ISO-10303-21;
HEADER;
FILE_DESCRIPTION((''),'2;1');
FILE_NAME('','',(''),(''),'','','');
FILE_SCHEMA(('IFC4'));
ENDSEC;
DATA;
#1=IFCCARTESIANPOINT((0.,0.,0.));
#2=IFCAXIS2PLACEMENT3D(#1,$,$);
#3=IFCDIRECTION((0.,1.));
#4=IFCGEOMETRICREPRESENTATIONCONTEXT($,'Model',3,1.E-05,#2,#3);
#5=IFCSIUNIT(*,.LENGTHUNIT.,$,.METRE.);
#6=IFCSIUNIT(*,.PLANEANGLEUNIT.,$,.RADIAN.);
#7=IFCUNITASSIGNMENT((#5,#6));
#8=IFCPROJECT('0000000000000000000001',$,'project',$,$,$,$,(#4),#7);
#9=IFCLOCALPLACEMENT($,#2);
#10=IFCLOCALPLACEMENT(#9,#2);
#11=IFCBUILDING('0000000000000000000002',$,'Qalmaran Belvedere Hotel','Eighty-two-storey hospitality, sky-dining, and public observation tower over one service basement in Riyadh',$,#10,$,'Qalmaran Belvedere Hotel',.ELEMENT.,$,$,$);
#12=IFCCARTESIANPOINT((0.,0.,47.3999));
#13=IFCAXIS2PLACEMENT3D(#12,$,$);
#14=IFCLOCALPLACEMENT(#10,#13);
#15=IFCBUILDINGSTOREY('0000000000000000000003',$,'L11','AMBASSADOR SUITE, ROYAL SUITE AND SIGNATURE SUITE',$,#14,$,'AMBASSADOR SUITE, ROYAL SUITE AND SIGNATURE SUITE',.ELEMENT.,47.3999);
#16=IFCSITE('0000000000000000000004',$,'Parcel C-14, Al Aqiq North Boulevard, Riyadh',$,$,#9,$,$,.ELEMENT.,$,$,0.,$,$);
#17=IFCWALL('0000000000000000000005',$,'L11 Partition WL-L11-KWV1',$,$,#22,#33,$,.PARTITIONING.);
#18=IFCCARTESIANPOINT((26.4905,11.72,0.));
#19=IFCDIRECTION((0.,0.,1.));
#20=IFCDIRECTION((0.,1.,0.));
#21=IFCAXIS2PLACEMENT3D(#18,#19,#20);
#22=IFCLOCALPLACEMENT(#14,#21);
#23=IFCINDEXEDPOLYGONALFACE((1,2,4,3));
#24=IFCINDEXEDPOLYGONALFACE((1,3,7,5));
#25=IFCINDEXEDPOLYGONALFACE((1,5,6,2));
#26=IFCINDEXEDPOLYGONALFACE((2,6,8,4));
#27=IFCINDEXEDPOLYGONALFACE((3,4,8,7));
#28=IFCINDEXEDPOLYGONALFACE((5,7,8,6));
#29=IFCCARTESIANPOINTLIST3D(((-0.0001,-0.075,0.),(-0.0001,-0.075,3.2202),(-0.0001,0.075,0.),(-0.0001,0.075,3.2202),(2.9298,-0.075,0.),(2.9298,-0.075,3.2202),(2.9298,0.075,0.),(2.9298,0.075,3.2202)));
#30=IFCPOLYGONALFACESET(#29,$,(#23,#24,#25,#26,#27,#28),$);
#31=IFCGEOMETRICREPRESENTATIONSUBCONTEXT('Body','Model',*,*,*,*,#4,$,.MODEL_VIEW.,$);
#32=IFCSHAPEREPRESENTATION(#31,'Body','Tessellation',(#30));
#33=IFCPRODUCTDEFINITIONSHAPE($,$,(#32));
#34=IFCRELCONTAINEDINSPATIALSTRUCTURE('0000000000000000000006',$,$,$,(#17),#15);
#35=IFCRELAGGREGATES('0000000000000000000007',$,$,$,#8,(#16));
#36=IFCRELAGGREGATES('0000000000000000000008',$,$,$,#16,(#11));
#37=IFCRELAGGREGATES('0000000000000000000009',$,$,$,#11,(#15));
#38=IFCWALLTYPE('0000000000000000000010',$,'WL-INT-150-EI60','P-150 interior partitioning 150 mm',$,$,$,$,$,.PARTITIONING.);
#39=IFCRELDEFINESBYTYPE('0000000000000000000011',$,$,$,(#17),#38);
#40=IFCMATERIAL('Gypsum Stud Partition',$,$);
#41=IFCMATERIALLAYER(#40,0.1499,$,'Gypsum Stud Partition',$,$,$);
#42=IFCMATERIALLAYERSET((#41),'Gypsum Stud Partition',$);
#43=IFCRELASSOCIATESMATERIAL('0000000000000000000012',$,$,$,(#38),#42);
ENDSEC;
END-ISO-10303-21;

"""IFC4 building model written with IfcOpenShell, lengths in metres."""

from ifc_helpers import new_model, si_unit, direction, frame, frame_2d, origin, place, context, subcontext, project, spatial, rectangle, extrude, material, layer, layer_set, type_object, element, save


model = new_model("IFC4")

# Units and contexts
model_context = context("Model", 3, precision=1e-05, world=origin(), true_north=direction((0.0, 1.0)))
body_context = subcontext(model_context, "Body", "Model", "MODEL_VIEW")
ifc_project = project(units=[si_unit("LENGTHUNIT", "METRE"), si_unit("PLANEANGLEUNIT", "RADIAN")], contexts=[model_context])

# Site, building, storey
site_placement = place(None, origin())
site = spatial("IfcSite", under=ifc_project, at=site_placement, Name="Parcel C-14, Al Aqiq North Boulevard, Riyadh", CompositionType="ELEMENT", RefElevation=0.0)
building_placement = place(site_placement, origin())
building = spatial("IfcBuilding", under=site, at=building_placement, Name="Qalmaran Belvedere Hotel", Description="Eighty-two-storey hospitality, sky-dining, and public observation tower over one service basement in Riyadh", LongName="Qalmaran Belvedere Hotel", CompositionType="ELEMENT")
storey_placement = place(building_placement, frame((0.0, 0.0, 47.3999)))
storey = spatial("IfcBuildingStorey", under=building, at=storey_placement, Name="L11", Description="AMBASSADOR SUITE, ROYAL SUITE AND SIGNATURE SUITE", LongName="AMBASSADOR SUITE, ROYAL SUITE AND SIGNATURE SUITE", CompositionType="ELEMENT", Elevation=47.3999)

# Wall
ifc_material_1 = material(Name="Gypsum Stud Partition")
ifc_layer_1 = layer(ifc_material_1, 0.1499, Name="Gypsum Stud Partition")
ifc_layer_set_1 = layer_set([ifc_layer_1], Name="Gypsum Stud Partition")
wall_type_1 = type_object("IfcWallType", Name="WL-INT-150-EI60", Description="P-150 interior partitioning 150 mm", PredefinedType="PARTITIONING", material=ifc_layer_set_1)
wall_1_placement = place(storey_placement, frame((26.4905, 11.72, 0.0), z_axis=(0.0, 0.0, 1.0), x_axis=(0.0, 1.0, 0.0)))
element("IfcWall", 1, at=wall_1_placement, inside=storey, type_object=wall_type_1, Name="L11 Partition WL-L11-KWV1", PredefinedType="PARTITIONING", context=body_context, shape_type="SweptSolid", body=[
    extrude(rectangle(XDim=2.9299, YDim=0.1499, at=frame_2d((1.4648, 0.0))), origin(), (0.0, 0.0, 1.0), 3.2202),
])

save(model, "model.ifc")
